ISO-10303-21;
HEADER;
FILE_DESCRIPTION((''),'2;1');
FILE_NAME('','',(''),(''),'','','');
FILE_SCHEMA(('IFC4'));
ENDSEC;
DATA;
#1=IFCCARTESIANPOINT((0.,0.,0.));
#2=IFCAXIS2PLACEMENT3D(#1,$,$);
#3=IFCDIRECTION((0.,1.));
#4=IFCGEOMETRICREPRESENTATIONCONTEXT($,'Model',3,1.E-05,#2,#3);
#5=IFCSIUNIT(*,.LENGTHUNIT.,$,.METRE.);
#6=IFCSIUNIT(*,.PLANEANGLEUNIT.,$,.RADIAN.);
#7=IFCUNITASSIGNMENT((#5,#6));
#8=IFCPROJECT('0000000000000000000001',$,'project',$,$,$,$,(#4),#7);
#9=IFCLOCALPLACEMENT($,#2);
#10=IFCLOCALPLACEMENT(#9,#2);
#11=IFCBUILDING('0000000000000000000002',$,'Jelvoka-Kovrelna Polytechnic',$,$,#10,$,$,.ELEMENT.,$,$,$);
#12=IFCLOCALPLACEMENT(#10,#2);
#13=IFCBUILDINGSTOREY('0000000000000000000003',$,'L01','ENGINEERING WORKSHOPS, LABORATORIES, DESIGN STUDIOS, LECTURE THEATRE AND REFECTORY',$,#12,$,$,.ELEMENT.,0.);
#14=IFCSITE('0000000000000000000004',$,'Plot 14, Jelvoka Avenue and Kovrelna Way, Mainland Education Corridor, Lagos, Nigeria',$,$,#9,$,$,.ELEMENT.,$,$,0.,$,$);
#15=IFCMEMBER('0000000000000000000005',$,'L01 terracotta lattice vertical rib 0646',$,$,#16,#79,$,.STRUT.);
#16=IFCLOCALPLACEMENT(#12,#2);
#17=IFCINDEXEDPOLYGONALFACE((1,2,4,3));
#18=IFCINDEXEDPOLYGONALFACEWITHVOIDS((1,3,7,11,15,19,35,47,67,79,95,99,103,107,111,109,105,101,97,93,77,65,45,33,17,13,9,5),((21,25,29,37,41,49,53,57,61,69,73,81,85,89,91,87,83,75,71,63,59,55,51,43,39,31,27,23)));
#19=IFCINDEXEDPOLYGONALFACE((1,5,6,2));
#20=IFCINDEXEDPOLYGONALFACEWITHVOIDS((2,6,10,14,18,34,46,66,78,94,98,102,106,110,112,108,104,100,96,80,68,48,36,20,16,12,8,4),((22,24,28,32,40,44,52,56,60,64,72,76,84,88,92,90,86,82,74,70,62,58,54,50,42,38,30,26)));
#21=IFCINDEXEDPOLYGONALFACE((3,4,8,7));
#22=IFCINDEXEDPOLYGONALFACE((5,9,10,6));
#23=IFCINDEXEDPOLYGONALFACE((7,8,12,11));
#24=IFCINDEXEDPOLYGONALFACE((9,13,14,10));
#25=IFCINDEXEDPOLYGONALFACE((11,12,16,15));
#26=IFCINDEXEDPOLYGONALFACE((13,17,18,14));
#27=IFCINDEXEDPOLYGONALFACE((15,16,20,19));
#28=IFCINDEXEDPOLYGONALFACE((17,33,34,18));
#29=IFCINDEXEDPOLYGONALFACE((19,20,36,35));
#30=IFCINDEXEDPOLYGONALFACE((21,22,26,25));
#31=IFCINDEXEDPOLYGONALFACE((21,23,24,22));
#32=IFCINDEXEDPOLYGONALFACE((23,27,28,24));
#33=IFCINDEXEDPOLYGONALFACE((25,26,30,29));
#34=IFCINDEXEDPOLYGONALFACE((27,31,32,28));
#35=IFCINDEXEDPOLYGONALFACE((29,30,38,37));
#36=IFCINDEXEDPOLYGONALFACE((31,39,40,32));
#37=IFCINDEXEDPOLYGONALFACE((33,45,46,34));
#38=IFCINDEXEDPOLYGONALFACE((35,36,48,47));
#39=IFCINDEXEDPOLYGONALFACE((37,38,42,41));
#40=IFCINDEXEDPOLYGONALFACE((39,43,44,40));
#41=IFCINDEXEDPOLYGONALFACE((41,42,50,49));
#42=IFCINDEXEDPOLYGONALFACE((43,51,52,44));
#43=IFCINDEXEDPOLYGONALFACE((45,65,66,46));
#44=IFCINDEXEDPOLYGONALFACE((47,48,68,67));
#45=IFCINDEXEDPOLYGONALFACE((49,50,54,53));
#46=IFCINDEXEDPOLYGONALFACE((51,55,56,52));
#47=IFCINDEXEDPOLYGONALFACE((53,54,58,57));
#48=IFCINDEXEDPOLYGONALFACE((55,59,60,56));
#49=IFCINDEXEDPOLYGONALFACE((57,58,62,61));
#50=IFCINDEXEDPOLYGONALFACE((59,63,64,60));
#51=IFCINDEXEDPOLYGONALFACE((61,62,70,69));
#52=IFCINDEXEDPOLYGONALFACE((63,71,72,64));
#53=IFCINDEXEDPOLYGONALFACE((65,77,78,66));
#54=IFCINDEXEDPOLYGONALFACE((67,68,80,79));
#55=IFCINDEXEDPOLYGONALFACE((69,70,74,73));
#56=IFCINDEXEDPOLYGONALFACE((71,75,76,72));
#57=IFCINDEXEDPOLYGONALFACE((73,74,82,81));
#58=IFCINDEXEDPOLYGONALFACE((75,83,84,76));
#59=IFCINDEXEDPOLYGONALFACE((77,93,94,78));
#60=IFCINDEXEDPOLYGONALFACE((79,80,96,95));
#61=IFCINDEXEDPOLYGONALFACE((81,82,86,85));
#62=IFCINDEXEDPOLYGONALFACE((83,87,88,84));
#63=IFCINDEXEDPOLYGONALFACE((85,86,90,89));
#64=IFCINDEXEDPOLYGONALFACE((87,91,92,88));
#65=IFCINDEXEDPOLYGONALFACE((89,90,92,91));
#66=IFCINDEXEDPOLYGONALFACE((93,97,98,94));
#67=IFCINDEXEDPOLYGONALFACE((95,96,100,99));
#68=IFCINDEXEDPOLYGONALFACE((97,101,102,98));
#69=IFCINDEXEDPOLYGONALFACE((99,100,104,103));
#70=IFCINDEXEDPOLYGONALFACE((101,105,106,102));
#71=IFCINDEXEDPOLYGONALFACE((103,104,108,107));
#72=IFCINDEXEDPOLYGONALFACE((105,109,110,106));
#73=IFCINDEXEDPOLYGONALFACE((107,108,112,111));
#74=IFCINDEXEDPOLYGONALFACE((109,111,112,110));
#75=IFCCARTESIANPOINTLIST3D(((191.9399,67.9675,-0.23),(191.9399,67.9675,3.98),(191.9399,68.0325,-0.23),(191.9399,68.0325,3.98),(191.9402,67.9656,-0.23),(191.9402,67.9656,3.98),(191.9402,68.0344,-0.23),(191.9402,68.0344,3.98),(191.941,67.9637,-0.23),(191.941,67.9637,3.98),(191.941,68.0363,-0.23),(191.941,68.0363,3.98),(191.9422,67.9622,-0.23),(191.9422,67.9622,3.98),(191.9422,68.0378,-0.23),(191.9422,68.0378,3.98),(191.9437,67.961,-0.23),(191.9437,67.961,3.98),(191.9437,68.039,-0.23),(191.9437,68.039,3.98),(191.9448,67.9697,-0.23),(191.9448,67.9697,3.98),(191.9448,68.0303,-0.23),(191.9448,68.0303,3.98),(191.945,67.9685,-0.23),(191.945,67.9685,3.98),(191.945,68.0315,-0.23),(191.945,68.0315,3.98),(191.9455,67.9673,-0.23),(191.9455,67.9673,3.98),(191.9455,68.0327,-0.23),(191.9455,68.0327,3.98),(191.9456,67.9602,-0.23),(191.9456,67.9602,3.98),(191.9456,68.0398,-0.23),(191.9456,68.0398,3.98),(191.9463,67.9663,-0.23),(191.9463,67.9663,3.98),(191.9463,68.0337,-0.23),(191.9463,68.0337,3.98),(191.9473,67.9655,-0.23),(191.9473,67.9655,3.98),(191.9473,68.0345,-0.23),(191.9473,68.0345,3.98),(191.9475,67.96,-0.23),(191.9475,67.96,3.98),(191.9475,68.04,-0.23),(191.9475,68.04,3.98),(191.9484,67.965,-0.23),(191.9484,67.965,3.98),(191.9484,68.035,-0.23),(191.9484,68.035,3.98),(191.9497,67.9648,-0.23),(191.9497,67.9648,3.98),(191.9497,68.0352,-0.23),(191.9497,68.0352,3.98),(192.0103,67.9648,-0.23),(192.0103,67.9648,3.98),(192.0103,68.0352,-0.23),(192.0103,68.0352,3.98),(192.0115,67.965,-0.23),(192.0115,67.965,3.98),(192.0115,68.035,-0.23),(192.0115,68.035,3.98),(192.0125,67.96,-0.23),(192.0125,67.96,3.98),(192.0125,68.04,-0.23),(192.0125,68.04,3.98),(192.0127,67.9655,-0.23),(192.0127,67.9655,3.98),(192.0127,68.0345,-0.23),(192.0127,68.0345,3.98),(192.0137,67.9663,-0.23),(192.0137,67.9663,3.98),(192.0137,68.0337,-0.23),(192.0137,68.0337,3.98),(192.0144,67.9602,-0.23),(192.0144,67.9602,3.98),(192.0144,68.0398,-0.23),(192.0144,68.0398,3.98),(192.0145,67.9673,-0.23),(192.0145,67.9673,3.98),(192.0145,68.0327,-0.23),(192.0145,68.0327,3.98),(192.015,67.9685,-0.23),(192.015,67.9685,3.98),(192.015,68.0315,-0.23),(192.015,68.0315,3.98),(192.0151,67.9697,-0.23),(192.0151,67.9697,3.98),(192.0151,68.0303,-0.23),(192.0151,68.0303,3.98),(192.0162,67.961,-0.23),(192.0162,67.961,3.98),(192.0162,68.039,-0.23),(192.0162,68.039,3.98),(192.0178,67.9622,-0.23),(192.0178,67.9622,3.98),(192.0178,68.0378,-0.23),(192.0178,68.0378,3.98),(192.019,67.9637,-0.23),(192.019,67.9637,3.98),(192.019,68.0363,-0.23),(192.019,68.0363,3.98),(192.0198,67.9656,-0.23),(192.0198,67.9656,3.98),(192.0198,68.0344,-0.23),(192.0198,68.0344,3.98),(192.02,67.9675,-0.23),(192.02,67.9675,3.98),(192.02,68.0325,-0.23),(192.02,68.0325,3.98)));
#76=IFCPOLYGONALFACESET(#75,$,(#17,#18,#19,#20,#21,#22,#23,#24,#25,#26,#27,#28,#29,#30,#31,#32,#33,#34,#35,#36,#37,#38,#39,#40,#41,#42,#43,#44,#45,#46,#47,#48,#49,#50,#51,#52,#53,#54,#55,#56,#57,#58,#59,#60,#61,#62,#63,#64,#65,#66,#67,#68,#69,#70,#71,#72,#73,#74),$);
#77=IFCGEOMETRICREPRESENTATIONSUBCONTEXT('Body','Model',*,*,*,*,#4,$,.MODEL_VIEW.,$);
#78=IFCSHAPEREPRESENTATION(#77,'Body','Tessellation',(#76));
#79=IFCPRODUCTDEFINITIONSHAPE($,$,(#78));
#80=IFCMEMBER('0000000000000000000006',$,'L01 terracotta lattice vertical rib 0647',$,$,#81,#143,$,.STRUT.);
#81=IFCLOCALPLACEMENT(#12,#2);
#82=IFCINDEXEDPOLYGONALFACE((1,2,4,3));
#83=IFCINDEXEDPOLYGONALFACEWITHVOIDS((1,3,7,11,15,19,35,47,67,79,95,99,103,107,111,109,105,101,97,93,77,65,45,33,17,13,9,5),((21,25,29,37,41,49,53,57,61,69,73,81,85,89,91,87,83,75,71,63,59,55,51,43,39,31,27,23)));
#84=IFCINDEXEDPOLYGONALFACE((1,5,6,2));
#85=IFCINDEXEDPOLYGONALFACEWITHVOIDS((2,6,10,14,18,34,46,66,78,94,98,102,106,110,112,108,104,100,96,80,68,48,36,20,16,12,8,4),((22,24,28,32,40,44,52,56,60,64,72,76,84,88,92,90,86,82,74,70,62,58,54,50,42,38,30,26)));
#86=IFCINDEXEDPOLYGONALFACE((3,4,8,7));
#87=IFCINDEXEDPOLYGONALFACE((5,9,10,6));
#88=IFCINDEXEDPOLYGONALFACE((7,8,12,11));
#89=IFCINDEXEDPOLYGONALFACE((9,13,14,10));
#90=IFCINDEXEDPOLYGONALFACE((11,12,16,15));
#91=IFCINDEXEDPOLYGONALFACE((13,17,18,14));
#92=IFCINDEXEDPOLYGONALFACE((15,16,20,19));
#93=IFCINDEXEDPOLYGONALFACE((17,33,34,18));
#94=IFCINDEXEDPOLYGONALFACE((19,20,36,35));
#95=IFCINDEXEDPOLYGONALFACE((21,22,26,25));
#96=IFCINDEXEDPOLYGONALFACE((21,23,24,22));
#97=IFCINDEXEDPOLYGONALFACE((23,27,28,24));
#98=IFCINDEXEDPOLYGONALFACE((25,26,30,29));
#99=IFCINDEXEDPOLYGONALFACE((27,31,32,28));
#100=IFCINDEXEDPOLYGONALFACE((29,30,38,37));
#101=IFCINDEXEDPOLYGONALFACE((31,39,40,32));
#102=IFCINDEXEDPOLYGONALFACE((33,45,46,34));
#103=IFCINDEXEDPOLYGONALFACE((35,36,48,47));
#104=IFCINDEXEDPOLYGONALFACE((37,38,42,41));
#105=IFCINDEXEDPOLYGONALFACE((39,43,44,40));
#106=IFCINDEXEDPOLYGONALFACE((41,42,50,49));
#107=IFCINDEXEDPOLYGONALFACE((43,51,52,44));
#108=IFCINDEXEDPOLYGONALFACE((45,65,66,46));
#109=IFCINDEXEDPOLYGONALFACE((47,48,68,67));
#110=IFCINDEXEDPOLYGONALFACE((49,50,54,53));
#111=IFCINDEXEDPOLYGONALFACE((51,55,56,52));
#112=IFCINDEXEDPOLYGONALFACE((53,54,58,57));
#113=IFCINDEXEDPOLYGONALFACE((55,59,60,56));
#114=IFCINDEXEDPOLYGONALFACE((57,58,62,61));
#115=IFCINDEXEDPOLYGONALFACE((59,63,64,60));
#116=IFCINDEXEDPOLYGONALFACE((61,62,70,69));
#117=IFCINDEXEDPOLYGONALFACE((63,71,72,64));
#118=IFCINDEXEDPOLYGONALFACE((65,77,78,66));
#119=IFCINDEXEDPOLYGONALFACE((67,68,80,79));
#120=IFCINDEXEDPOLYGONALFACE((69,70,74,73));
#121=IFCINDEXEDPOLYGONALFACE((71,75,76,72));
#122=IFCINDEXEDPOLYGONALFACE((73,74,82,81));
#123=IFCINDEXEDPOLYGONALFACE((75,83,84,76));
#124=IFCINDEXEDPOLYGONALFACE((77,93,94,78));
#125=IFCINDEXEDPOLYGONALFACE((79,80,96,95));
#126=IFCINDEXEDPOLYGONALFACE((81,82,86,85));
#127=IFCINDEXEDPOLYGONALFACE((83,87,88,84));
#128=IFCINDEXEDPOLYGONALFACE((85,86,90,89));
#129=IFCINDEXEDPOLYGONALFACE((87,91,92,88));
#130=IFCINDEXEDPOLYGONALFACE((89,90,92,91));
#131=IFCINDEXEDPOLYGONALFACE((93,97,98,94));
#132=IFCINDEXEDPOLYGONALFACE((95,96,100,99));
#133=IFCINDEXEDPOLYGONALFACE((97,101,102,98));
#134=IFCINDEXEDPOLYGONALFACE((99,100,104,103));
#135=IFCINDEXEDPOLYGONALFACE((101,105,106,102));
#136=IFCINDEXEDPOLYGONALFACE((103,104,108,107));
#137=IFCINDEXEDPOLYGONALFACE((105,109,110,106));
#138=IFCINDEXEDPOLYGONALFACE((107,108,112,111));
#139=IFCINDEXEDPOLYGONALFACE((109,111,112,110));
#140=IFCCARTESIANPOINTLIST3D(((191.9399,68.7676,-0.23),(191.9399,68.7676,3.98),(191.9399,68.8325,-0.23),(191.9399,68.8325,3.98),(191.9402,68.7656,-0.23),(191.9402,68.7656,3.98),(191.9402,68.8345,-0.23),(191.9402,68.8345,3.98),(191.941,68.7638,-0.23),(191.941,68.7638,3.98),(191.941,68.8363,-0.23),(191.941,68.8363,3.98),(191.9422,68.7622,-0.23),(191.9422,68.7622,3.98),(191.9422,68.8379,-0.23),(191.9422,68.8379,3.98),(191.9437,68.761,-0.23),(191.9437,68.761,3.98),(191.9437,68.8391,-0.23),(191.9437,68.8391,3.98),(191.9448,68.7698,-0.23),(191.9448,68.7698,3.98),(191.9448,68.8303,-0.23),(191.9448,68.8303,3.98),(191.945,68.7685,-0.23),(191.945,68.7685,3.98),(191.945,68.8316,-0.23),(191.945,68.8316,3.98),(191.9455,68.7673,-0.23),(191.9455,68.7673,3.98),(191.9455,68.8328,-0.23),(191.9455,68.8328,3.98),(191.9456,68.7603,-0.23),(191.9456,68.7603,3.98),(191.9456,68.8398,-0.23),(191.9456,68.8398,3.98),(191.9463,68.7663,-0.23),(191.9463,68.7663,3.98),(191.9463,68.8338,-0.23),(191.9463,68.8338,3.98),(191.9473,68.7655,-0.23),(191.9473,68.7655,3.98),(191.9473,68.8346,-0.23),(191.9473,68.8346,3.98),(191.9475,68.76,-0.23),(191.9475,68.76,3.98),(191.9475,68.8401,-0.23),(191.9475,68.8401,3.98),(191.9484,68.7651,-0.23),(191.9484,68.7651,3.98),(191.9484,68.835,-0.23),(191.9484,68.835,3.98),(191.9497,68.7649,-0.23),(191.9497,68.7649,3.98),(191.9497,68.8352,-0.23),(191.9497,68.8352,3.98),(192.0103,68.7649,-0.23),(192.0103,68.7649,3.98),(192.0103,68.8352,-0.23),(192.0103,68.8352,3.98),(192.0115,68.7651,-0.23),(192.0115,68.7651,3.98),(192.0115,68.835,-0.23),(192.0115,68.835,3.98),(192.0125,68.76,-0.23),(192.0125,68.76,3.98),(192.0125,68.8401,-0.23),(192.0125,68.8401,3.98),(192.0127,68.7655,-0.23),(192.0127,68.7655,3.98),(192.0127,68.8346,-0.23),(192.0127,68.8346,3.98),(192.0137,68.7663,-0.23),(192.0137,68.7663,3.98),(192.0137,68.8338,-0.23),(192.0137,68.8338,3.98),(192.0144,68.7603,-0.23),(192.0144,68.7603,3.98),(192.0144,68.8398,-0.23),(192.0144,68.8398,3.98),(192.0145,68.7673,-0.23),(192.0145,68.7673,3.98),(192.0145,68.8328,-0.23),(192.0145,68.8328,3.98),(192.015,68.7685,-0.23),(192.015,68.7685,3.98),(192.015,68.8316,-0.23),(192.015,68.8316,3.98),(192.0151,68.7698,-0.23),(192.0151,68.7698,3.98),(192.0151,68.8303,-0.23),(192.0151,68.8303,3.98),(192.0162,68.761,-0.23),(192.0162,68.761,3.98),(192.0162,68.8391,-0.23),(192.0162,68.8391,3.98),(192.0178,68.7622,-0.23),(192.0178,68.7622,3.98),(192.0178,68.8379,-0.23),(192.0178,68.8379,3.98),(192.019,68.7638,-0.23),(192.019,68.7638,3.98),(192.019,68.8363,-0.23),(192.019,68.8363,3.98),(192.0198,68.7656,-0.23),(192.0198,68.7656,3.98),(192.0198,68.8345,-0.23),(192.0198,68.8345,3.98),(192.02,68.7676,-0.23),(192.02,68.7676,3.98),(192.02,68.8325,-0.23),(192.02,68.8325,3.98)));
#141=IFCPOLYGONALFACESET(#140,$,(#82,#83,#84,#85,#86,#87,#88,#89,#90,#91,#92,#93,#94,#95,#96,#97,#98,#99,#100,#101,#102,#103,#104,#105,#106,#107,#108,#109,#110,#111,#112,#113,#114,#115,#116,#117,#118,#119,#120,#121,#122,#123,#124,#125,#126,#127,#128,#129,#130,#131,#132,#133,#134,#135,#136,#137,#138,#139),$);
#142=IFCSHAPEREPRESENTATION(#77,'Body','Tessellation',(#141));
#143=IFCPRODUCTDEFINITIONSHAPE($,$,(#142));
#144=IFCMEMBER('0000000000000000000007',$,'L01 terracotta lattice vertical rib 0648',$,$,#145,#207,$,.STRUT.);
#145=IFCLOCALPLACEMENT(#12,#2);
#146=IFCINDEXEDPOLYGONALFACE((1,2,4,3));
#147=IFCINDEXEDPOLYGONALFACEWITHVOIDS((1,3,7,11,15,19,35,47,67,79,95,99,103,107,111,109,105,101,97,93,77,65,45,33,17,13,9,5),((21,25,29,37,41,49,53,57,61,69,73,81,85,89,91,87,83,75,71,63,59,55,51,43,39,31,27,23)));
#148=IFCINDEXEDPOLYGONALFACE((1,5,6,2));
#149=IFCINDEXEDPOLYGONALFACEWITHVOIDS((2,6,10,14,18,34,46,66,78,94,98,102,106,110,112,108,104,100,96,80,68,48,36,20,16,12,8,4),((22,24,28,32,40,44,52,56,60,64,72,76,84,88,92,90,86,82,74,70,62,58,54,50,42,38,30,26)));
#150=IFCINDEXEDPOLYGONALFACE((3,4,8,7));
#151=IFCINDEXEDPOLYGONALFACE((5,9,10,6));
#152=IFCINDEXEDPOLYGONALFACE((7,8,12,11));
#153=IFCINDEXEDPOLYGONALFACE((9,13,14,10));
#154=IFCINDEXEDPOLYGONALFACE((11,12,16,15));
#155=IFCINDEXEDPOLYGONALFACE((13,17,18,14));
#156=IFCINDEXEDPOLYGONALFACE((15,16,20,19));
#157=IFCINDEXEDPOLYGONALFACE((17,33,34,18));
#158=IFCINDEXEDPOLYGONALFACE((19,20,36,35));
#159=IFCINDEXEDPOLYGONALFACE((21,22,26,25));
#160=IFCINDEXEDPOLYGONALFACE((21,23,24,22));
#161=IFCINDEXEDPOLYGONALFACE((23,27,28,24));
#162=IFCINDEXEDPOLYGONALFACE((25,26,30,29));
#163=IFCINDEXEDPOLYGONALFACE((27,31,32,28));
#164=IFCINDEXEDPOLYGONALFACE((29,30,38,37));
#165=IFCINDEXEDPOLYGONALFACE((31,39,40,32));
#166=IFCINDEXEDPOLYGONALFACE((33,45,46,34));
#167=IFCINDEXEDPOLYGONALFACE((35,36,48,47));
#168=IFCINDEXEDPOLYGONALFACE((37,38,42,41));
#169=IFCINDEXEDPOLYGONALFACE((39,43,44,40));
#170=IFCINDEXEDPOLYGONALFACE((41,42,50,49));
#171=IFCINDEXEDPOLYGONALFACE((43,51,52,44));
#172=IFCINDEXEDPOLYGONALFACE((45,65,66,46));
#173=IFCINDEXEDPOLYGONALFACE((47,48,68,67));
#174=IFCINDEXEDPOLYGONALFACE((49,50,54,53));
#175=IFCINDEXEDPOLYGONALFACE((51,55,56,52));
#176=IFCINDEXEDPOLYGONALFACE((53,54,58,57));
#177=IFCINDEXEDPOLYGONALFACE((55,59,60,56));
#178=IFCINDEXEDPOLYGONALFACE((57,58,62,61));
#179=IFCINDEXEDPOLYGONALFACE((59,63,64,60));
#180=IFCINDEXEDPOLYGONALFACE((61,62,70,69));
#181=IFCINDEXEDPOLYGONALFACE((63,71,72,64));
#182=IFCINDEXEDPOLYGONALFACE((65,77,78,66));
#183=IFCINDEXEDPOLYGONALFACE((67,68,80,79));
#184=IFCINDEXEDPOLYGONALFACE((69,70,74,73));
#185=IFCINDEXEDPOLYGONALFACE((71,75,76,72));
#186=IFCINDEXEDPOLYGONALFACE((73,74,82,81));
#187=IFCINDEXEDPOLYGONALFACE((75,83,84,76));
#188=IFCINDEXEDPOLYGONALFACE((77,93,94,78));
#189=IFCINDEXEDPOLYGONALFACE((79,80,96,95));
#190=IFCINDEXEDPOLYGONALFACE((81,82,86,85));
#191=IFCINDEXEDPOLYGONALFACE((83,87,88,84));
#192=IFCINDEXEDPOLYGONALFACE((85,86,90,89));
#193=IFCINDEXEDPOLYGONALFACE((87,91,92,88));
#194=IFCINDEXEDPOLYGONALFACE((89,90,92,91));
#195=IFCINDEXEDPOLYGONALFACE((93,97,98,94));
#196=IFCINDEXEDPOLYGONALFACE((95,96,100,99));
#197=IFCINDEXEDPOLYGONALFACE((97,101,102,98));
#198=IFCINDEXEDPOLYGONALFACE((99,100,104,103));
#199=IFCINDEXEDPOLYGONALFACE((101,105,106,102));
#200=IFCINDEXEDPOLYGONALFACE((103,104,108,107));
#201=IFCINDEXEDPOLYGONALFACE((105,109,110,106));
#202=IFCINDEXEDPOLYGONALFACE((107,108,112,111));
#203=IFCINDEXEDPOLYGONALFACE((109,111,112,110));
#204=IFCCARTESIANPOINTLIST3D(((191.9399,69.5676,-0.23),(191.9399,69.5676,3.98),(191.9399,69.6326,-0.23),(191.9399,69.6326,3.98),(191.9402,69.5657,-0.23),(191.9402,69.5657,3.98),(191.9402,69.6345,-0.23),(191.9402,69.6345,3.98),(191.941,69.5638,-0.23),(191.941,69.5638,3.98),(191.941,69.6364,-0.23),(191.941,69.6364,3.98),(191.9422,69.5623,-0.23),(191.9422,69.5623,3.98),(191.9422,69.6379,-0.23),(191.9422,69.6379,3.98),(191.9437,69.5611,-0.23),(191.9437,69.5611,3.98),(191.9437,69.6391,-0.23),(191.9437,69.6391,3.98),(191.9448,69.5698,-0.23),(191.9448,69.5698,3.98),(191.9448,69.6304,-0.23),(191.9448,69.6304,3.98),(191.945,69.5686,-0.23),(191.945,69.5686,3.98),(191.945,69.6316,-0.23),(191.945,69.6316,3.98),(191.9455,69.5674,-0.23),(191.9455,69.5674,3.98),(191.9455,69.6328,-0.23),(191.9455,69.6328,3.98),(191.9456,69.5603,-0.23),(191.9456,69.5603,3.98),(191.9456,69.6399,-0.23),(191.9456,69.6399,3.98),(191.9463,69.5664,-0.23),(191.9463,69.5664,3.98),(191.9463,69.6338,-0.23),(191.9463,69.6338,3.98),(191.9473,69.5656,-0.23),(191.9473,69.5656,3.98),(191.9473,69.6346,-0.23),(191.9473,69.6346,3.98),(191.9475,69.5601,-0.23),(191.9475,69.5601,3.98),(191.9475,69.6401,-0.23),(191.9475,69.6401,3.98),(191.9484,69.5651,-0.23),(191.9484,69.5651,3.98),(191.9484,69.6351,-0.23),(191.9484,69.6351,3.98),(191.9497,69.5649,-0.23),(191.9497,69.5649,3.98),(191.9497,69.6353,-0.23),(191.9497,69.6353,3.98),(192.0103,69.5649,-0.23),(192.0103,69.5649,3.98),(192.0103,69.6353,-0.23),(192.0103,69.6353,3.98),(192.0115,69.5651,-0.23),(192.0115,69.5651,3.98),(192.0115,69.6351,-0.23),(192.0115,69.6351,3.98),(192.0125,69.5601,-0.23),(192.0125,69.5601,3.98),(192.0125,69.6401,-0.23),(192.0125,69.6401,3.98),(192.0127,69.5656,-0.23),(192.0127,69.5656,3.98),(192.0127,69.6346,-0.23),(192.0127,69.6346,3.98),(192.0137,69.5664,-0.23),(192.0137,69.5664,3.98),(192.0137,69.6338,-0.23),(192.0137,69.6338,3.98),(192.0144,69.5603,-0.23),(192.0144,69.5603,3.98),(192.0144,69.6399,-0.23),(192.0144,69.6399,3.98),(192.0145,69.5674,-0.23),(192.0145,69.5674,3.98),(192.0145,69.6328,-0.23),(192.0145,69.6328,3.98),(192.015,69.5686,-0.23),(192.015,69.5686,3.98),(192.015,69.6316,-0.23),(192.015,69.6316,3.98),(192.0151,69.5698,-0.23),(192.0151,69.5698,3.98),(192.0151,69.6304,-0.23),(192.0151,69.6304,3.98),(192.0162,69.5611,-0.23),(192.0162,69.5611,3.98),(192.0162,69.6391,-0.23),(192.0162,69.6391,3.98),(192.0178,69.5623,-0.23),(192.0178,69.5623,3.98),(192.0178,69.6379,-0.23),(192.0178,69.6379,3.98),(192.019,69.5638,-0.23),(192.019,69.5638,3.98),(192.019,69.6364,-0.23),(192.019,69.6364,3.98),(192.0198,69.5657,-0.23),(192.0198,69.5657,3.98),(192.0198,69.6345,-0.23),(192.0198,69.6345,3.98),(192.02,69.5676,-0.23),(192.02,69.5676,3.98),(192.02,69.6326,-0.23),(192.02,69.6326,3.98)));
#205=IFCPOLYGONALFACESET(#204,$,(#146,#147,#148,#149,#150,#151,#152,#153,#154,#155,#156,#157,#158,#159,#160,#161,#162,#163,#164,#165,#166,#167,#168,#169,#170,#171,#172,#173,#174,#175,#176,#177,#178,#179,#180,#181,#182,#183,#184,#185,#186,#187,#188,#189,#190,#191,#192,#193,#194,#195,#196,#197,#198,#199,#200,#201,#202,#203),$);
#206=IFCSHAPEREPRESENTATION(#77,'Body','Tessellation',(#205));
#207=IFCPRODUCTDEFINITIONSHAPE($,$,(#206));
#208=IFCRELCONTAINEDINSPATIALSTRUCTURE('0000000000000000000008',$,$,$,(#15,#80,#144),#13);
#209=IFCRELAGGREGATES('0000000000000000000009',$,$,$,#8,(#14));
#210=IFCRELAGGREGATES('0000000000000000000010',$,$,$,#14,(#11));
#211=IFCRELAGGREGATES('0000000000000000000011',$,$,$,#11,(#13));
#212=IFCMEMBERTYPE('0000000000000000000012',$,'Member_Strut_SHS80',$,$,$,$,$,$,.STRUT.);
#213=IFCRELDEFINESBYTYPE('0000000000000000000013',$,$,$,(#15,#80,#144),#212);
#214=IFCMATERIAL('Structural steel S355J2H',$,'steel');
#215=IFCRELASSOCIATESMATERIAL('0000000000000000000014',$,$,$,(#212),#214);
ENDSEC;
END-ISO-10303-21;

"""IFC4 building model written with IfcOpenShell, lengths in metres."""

from ifc_helpers import new_model, si_unit, direction, frame, origin, origin_2d, place, context, subcontext, project, spatial, hollow_rectangle, extrude, material, material_profile, profile_set, type_object, element, save


model = new_model("IFC4")

# Units and contexts
model_context = context("Model", 3, precision=1e-05, world=origin(), true_north=direction((0.0, 1.0)))
body_context = subcontext(model_context, "Body", "Model", "MODEL_VIEW")
ifc_project = project(units=[si_unit("LENGTHUNIT", "METRE"), si_unit("PLANEANGLEUNIT", "RADIAN")], contexts=[model_context])

# Site, building, storey
site_placement = place(None, origin())
site = spatial("IfcSite", under=ifc_project, at=site_placement, Name="Plot 14, Jelvoka Avenue and Kovrelna Way, Mainland Education Corridor, Lagos, Nigeria", CompositionType="ELEMENT", RefElevation=0.0)
building_placement = place(site_placement, origin())
building = spatial("IfcBuilding", under=site, at=building_placement, Name="Jelvoka-Kovrelna Polytechnic", CompositionType="ELEMENT")
storey_placement = place(building_placement, origin())
storey = spatial("IfcBuildingStorey", under=building, at=storey_placement, Name="L01", Description="ENGINEERING WORKSHOPS, LABORATORIES, DESIGN STUDIOS, LECTURE THEATRE AND REFECTORY", CompositionType="ELEMENT", Elevation=0.0)

# Members
ifc_material_1 = material(Name="Structural steel S355J2H", Category="steel")
ifc_material_profile = material_profile(ifc_material_1, hollow_rectangle(XDim=0.0801, YDim=0.0801, WallThickness=0.0049, InnerFilletRadius=0.0049, OuterFilletRadius=0.0076, at=origin_2d()), Name="80x80x5.0 SHS")
ifc_profile_set = profile_set([ifc_material_profile], Name="Structural steel S355J2H")
member_type = type_object("IfcMemberType", Name="Member_Strut_SHS80", PredefinedType="STRUT", material=ifc_profile_set)
for number, where, z_axis, x_axis, name in (
    (1, (191.98, 68.0, -0.23), (0.0, 0.0, 1.0), (1.0, 0.0, 0.0), "L01 terracotta lattice vertical rib 0646"),
    (2, (191.98, 68.8, -0.23), (0.0, 0.0, 1.0), (1.0, 0.0, 0.0), "L01 terracotta lattice vertical rib 0647"),
    (3, (191.98, 69.6001, -0.23), (0.0, 0.0, 1.0), (1.0, 0.0, 0.0), "L01 terracotta lattice vertical rib 0648"),
):
    element("IfcMember", number, at=place(storey_placement, frame(where, z_axis=z_axis, x_axis=x_axis)), inside=storey, type_object=member_type, Name=name, PredefinedType="STRUT", context=body_context, shape_type="SweptSolid", body=[
        extrude(hollow_rectangle(XDim=0.0801, YDim=0.0801, WallThickness=0.0049, InnerFilletRadius=0.0049, OuterFilletRadius=0.0076, at=origin_2d()), origin(), (0.0, 0.0, 1.0), 4.21),
    ])

save(model, "model.ifc")
